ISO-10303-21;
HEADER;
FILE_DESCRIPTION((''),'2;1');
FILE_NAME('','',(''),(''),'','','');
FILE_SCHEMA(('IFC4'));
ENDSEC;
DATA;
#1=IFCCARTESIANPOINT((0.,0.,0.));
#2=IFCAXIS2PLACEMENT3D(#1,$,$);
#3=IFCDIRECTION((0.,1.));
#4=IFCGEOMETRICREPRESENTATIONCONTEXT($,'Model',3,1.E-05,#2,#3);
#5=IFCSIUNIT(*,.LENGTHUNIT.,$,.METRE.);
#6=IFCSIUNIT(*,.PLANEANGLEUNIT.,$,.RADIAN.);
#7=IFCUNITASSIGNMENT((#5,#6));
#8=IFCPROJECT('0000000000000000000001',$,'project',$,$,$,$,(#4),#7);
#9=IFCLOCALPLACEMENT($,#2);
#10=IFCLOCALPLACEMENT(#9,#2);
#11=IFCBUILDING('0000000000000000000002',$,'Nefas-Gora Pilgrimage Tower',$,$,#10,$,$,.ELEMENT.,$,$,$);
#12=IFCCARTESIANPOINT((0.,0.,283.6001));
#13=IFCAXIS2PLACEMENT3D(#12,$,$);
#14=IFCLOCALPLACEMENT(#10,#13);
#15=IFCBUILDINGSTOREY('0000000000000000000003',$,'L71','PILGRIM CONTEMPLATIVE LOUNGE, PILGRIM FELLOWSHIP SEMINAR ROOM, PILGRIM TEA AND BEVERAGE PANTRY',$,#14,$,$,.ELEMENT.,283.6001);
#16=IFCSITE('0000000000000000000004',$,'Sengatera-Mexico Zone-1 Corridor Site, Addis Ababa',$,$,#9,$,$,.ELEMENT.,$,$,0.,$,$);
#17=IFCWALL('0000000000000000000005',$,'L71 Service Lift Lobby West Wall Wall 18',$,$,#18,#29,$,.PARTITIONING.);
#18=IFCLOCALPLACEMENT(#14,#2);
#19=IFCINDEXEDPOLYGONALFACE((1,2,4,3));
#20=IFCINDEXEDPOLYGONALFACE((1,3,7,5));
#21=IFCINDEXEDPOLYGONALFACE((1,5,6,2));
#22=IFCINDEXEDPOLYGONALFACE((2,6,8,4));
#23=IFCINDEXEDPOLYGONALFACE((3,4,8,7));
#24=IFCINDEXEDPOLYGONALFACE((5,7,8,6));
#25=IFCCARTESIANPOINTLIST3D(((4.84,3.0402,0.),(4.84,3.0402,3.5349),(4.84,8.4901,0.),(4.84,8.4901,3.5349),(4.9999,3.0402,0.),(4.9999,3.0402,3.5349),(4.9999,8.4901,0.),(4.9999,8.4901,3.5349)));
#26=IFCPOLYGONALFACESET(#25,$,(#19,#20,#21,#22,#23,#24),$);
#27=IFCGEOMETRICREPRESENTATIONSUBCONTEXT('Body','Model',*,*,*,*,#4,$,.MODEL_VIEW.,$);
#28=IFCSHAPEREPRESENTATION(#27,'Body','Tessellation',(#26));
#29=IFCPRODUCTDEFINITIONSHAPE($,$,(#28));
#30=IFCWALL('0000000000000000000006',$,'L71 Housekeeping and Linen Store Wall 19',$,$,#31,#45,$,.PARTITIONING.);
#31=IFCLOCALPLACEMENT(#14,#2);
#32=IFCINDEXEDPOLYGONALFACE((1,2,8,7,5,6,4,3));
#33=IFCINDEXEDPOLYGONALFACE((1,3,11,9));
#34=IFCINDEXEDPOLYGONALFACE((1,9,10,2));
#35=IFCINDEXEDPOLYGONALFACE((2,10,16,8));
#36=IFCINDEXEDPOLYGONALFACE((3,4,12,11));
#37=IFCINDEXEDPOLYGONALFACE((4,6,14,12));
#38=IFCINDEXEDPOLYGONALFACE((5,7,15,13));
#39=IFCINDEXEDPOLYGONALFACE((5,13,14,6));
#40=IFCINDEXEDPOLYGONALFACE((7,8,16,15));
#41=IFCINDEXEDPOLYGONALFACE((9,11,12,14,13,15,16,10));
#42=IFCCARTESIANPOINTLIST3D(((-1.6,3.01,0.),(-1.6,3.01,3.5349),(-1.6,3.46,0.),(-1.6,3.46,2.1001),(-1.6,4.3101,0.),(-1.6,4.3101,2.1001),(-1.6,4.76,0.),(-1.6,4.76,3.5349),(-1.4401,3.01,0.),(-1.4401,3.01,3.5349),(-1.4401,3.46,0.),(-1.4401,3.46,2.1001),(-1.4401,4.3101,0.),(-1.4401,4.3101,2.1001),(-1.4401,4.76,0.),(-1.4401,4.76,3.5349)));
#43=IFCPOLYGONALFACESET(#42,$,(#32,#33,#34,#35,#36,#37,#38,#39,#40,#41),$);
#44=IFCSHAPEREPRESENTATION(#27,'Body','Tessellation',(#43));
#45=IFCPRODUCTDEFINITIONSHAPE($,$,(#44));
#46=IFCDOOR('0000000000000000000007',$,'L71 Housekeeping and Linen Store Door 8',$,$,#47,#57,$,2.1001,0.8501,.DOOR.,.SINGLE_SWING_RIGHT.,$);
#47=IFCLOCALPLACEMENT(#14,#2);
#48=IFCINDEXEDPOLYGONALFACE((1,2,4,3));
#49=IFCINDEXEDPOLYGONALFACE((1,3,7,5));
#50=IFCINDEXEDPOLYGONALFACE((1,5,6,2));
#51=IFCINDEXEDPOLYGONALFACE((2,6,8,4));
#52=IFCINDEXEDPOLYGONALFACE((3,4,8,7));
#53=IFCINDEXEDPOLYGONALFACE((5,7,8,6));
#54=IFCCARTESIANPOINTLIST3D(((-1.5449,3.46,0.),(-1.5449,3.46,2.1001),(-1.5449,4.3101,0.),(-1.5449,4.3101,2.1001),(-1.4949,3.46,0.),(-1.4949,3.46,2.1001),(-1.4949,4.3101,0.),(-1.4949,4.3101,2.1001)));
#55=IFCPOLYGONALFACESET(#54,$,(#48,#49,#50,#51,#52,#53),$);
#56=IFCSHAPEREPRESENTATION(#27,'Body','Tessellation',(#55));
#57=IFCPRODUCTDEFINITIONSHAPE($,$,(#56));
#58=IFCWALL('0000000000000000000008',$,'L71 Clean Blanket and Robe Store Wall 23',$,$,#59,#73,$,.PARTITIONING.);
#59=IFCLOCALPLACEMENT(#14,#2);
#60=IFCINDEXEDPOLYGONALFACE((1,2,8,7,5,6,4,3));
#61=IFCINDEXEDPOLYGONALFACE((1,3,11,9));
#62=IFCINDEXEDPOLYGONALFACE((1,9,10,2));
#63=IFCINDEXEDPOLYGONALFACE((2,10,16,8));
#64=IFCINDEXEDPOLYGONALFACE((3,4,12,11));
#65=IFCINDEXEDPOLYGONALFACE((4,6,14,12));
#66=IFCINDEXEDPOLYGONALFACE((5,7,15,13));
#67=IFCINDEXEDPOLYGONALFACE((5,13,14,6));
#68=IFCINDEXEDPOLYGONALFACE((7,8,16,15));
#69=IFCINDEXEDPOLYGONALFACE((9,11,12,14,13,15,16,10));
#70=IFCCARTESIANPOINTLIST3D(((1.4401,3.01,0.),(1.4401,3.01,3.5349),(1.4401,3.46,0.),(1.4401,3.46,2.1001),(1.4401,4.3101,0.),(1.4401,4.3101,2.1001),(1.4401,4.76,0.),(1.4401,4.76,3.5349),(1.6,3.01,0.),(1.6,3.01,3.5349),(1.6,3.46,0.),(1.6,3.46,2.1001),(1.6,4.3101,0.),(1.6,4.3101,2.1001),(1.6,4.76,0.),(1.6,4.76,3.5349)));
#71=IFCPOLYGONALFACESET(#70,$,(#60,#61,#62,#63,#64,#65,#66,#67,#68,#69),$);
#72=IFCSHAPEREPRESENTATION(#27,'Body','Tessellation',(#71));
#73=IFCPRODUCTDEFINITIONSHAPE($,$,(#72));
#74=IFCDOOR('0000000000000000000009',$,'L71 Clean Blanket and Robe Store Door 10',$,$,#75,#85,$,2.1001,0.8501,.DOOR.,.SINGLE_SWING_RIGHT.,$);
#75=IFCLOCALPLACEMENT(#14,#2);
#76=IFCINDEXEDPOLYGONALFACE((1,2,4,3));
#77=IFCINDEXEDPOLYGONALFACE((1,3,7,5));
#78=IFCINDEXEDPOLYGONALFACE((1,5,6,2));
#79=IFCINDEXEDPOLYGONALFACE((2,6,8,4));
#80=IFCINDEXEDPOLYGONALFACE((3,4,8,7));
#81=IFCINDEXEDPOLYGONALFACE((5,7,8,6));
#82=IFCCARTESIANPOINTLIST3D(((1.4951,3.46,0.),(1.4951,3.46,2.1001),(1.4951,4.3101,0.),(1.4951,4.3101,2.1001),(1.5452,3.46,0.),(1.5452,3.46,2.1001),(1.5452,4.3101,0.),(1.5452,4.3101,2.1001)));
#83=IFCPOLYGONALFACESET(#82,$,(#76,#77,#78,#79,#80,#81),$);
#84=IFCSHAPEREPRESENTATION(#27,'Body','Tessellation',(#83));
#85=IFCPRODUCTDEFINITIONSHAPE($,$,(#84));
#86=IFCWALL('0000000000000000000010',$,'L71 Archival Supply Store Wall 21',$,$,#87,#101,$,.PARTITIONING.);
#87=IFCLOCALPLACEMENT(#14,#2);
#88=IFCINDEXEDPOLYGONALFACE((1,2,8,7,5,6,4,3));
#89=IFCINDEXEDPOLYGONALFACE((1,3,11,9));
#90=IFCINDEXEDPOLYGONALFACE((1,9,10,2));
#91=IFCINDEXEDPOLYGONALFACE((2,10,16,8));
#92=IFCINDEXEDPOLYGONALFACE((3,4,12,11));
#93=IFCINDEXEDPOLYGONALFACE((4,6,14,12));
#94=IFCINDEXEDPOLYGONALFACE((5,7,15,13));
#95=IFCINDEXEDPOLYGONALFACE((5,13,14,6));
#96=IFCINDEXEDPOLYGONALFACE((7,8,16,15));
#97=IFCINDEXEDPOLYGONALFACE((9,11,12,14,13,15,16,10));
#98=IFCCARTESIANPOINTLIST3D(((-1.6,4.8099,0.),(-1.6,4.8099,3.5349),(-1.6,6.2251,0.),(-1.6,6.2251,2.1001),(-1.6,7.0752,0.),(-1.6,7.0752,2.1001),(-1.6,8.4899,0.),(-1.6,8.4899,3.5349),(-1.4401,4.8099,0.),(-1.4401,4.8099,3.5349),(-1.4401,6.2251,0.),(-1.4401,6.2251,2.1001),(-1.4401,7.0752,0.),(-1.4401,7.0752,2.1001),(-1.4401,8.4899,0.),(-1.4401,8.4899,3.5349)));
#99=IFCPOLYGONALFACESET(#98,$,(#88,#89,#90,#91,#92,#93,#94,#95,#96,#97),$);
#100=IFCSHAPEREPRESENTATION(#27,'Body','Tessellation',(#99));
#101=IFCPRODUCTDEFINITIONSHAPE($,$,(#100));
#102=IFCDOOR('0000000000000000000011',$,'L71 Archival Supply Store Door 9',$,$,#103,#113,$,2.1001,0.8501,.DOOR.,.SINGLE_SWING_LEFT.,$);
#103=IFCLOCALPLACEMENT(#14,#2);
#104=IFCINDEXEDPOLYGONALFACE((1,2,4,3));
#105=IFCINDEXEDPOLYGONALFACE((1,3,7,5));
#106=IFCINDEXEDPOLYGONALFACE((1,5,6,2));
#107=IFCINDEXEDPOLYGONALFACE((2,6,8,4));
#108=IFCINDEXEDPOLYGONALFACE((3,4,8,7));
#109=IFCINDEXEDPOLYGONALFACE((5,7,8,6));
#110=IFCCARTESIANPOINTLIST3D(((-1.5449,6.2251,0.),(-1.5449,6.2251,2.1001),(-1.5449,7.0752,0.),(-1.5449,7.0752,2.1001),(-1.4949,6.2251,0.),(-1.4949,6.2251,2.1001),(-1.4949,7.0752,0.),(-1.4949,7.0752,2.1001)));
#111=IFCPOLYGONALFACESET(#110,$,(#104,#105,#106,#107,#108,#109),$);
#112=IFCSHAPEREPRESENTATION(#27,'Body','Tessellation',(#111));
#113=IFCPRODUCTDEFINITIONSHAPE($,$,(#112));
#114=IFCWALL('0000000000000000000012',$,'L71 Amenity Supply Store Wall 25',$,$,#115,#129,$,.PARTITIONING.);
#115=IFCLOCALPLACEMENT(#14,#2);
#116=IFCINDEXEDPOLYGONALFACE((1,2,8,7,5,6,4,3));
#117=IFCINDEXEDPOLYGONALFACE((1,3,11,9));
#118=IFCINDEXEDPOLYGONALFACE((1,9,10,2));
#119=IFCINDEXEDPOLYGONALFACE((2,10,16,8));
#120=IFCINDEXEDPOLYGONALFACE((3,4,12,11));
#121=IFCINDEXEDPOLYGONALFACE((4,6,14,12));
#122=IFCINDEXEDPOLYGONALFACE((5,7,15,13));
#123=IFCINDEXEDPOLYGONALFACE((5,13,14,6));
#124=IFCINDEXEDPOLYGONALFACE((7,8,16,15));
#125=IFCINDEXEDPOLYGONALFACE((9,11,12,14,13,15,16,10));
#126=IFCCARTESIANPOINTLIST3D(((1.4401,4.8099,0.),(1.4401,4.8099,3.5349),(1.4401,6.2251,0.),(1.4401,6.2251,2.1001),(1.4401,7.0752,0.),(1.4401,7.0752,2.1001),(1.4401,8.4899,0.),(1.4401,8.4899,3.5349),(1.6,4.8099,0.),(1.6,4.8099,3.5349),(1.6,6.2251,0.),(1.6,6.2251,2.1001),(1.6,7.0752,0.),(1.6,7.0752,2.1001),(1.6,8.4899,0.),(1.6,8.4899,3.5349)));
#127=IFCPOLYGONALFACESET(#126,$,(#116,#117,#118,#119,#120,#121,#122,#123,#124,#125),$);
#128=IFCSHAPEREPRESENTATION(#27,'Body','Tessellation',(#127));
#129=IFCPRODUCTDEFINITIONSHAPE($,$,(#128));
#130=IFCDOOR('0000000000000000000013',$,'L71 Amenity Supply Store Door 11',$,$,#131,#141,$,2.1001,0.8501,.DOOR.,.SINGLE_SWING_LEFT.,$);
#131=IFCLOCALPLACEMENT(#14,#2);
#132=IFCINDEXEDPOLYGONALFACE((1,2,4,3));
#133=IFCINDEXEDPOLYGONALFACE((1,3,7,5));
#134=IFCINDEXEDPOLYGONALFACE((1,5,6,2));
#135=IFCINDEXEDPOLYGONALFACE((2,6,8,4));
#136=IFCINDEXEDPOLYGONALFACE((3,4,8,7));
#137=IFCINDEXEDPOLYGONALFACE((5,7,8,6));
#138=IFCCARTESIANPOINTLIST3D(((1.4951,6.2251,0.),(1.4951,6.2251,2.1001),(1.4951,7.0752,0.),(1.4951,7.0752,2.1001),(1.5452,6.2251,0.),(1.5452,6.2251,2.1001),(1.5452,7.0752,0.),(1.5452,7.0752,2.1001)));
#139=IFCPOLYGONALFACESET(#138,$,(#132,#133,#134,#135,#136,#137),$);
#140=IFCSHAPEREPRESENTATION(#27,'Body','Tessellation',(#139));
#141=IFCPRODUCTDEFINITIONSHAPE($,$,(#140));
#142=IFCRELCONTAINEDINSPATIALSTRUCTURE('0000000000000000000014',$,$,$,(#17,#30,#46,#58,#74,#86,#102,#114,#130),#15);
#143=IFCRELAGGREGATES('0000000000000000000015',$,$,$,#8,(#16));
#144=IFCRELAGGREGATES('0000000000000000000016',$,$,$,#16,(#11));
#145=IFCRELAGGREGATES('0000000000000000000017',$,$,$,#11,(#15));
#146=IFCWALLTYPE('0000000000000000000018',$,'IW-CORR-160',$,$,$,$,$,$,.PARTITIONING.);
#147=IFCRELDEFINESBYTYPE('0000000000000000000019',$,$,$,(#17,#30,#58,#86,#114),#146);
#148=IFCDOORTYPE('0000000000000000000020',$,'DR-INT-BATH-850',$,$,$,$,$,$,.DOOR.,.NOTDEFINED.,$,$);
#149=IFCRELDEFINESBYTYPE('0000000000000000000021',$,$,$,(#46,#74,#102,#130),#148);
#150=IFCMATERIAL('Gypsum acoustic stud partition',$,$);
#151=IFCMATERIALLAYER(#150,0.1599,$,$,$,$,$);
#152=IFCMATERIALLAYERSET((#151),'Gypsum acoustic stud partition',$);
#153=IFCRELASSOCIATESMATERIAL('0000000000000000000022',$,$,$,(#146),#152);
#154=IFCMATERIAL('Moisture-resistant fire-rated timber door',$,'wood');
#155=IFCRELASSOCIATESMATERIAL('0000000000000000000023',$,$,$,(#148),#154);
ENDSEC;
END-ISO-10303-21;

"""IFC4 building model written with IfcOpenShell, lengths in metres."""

from ifc_helpers import new_model, si_unit, direction, frame, frame_2d, origin, place, context, subcontext, project, spatial, rectangle, extrude, source, transform, mapped, material, layer, layer_set, type_object, element, fill, save


model = new_model("IFC4")

# Units and contexts
model_context = context("Model", 3, precision=1e-05, world=origin(), true_north=direction((0.0, 1.0)))
body_context = subcontext(model_context, "Body", "Model", "MODEL_VIEW")
ifc_project = project(units=[si_unit("LENGTHUNIT", "METRE"), si_unit("PLANEANGLEUNIT", "RADIAN")], contexts=[model_context])

# Site, building, storey
site_placement = place(None, origin())
site = spatial("IfcSite", under=ifc_project, at=site_placement, Name="Sengatera-Mexico Zone-1 Corridor Site, Addis Ababa", CompositionType="ELEMENT", RefElevation=0.0)
building_placement = place(site_placement, origin())
building = spatial("IfcBuilding", under=site, at=building_placement, Name="Nefas-Gora Pilgrimage Tower", CompositionType="ELEMENT")
storey_placement = place(building_placement, frame((0.0, 0.0, 283.6001)))
storey = spatial("IfcBuildingStorey", under=building, at=storey_placement, Name="L71", Description="PILGRIM CONTEMPLATIVE LOUNGE, PILGRIM FELLOWSHIP SEMINAR ROOM, PILGRIM TEA AND BEVERAGE PANTRY", CompositionType="ELEMENT", Elevation=283.6001)

# Wall
ifc_material_1 = material(Name="Gypsum acoustic stud partition")
ifc_layer_1 = layer(ifc_material_1, 0.1599)
ifc_layer_set_1 = layer_set([ifc_layer_1], Name="Gypsum acoustic stud partition")
wall_type_1 = type_object("IfcWallType", Name="IW-CORR-160", PredefinedType="PARTITIONING", material=ifc_layer_set_1)
shared_shape_1 = source(origin(), body_context, "Body", "SweptSolid", [
    extrude(rectangle(XDim=5.45, YDim=0.1599, at=frame_2d((2.7251, 0.0))), origin(), (0.0, 0.0, 1.0), 3.5349),
])
wall_1_placement = place(storey_placement, frame((4.9199, 3.04, 0.0), z_axis=(0.0, 0.0, 1.0), x_axis=(0.0, 1.0, 0.0)))
element("IfcWall", 1, at=wall_1_placement, inside=storey, type_object=wall_type_1, Name="L71 Service Lift Lobby West Wall Wall 18", PredefinedType="PARTITIONING", context=body_context, shape_type="MappedRepresentation", body=[
    mapped(shared_shape_1, transform((0.0, 0.0, 0.0), x_axis=(1.0, 0.0, 0.0), y_axis=(0.0, 1.0, 0.0), z_axis=(0.0, 0.0, 1.0), scale=1.0)),
])

# Walls, openings, doors
shared_shape_2 = source(origin(), body_context, "Body", "SweptSolid", [
    extrude(rectangle(XDim=1.75, YDim=0.1599, at=frame_2d((0.875, 0.0))), origin(), (0.0, 0.0, 1.0), 3.5349),
])
wall_2_placement = place(storey_placement, frame((-1.52, 3.01, 0.0), z_axis=(0.0, 0.0, 1.0), x_axis=(0.0, 1.0, 0.0)))
wall_2 = element("IfcWall", 2, at=wall_2_placement, inside=storey, type_object=wall_type_1, Name="L71 Housekeeping and Linen Store Wall 19", PredefinedType="PARTITIONING", context=body_context, shape_type="MappedRepresentation", body=[
    mapped(shared_shape_2, transform((0.0, 0.0, 0.0), x_axis=(1.0, 0.0, 0.0), y_axis=(0.0, 1.0, 0.0), z_axis=(0.0, 0.0, 1.0), scale=1.0)),
])
opening_1_placement = place(wall_2_placement, frame((0.45, 0.0, 0.0)))
opening_1 = element("IfcOpeningElement", 3, at=opening_1_placement, cuts=wall_2, PredefinedType="OPENING", context=body_context, shape_type="SweptSolid", body=[
    extrude(rectangle(XDim=0.8501, YDim=2.1001, at=frame_2d((0.425, 1.05))), frame((0.0, 0.0898, 0.0), z_axis=(0.0, -1.0, 0.0), x_axis=(1.0, 0.0, 0.0)), (0.0, 0.0, 1.0), 0.1799),
])
ifc_material_2 = material(Name="Moisture-resistant fire-rated timber door", Category="wood")
door_type_1 = type_object("IfcDoorType", Name="DR-INT-BATH-850", OperationType="NOTDEFINED", PredefinedType="DOOR", material=ifc_material_2)
shared_shape_3 = source(origin(), body_context, "Body", "SweptSolid", [
    extrude(rectangle(XDim=0.8501, YDim=2.1001, at=frame_2d((0.425, 1.05))), frame((0.0, 0.0249, 0.0), z_axis=(0.0, -1.0, 0.0), x_axis=(1.0, 0.0, 0.0)), (0.0, 0.0, 1.0), 0.05),
])
door_1_placement = place(opening_1_placement, origin())
door_1 = element("IfcDoor", 4, at=door_1_placement, inside=storey, type_object=door_type_1, Name="L71 Housekeeping and Linen Store Door 8", OperationType="SINGLE_SWING_RIGHT", OverallHeight=2.1001, OverallWidth=0.8501, PredefinedType="DOOR", context=body_context, shape_type="MappedRepresentation", body=[
    mapped(shared_shape_3, transform((0.0, 0.0, 0.0), x_axis=(1.0, 0.0, 0.0), y_axis=(0.0, 1.0, 0.0), z_axis=(0.0, 0.0, 1.0), scale=1.0)),
])
fill(opening_1, door_1)
wall_3_placement = place(storey_placement, frame((1.52, 3.01, 0.0), z_axis=(0.0, 0.0, 1.0), x_axis=(0.0, 1.0, 0.0)))
wall_3 = element("IfcWall", 5, at=wall_3_placement, inside=storey, type_object=wall_type_1, Name="L71 Clean Blanket and Robe Store Wall 23", PredefinedType="PARTITIONING", context=body_context, shape_type="MappedRepresentation", body=[
    mapped(shared_shape_2, transform((0.0, 0.0, 0.0), x_axis=(1.0, 0.0, 0.0), y_axis=(0.0, 1.0, 0.0), z_axis=(0.0, 0.0, 1.0), scale=1.0)),
])
opening_2_placement = place(wall_3_placement, frame((0.45, 0.0, 0.0)))
opening_2 = element("IfcOpeningElement", 6, at=opening_2_placement, cuts=wall_3, PredefinedType="OPENING", context=body_context, shape_type="SweptSolid", body=[
    extrude(rectangle(XDim=0.8501, YDim=2.1001, at=frame_2d((0.425, 1.05))), frame((0.0, 0.0898, 0.0), z_axis=(0.0, -1.0, 0.0), x_axis=(1.0, 0.0, 0.0)), (0.0, 0.0, 1.0), 0.1799),
])
door_2_placement = place(opening_2_placement, origin())
door_2 = element("IfcDoor", 7, at=door_2_placement, inside=storey, type_object=door_type_1, Name="L71 Clean Blanket and Robe Store Door 10", OperationType="SINGLE_SWING_RIGHT", OverallHeight=2.1001, OverallWidth=0.8501, PredefinedType="DOOR", context=body_context, shape_type="MappedRepresentation", body=[
    mapped(shared_shape_3, transform((0.0, 0.0, 0.0), x_axis=(1.0, 0.0, 0.0), y_axis=(0.0, 1.0, 0.0), z_axis=(0.0, 0.0, 1.0), scale=1.0)),
])
fill(opening_2, door_2)
shared_shape_4 = source(origin(), body_context, "Body", "SweptSolid", [
    extrude(rectangle(XDim=3.6799, YDim=0.1599, at=frame_2d((1.8398, 0.0))), origin(), (0.0, 0.0, 1.0), 3.5349),
])
wall_4_placement = place(storey_placement, frame((-1.52, 4.8101, 0.0), z_axis=(0.0, 0.0, 1.0), x_axis=(0.0, 1.0, 0.0)))
wall_4 = element("IfcWall", 8, at=wall_4_placement, inside=storey, type_object=wall_type_1, Name="L71 Archival Supply Store Wall 21", PredefinedType="PARTITIONING", context=body_context, shape_type="MappedRepresentation", body=[
    mapped(shared_shape_4, transform((0.0, 0.0, 0.0), x_axis=(1.0, 0.0, 0.0), y_axis=(0.0, 1.0, 0.0), z_axis=(0.0, 0.0, 1.0), scale=1.0)),
])
opening_3_placement = place(wall_4_placement, frame((1.415, 0.0, 0.0)))
opening_3 = element("IfcOpeningElement", 9, at=opening_3_placement, cuts=wall_4, PredefinedType="OPENING", context=body_context, shape_type="SweptSolid", body=[
    extrude(rectangle(XDim=0.8501, YDim=2.1001, at=frame_2d((0.425, 1.05))), frame((0.0, 0.0898, 0.0), z_axis=(0.0, -1.0, 0.0), x_axis=(1.0, 0.0, 0.0)), (0.0, 0.0, 1.0), 0.1799),
])
door_3_placement = place(opening_3_placement, origin())
door_3 = element("IfcDoor", 10, at=door_3_placement, inside=storey, type_object=door_type_1, Name="L71 Archival Supply Store Door 9", OperationType="SINGLE_SWING_LEFT", OverallHeight=2.1001, OverallWidth=0.8501, PredefinedType="DOOR", context=body_context, shape_type="MappedRepresentation", body=[
    mapped(shared_shape_3, transform((0.0, 0.0, 0.0), x_axis=(1.0, 0.0, 0.0), y_axis=(0.0, 1.0, 0.0), z_axis=(0.0, 0.0, 1.0), scale=1.0)),
])
fill(opening_3, door_3)
wall_5_placement = place(storey_placement, frame((1.52, 4.8101, 0.0), z_axis=(0.0, 0.0, 1.0), x_axis=(0.0, 1.0, 0.0)))
wall_5 = element("IfcWall", 11, at=wall_5_placement, inside=storey, type_object=wall_type_1, Name="L71 Amenity Supply Store Wall 25", PredefinedType="PARTITIONING", context=body_context, shape_type="MappedRepresentation", body=[
    mapped(shared_shape_4, transform((0.0, 0.0, 0.0), x_axis=(1.0, 0.0, 0.0), y_axis=(0.0, 1.0, 0.0), z_axis=(0.0, 0.0, 1.0), scale=1.0)),
])
opening_4_placement = place(wall_5_placement, frame((1.415, 0.0, 0.0)))
opening_4 = element("IfcOpeningElement", 12, at=opening_4_placement, cuts=wall_5, PredefinedType="OPENING", context=body_context, shape_type="SweptSolid", body=[
    extrude(rectangle(XDim=0.8501, YDim=2.1001, at=frame_2d((0.425, 1.05))), frame((0.0, 0.0898, 0.0), z_axis=(0.0, -1.0, 0.0), x_axis=(1.0, 0.0, 0.0)), (0.0, 0.0, 1.0), 0.1799),
])
door_4_placement = place(opening_4_placement, origin())
door_4 = element("IfcDoor", 13, at=door_4_placement, inside=storey, type_object=door_type_1, Name="L71 Amenity Supply Store Door 11", OperationType="SINGLE_SWING_LEFT", OverallHeight=2.1001, OverallWidth=0.8501, PredefinedType="DOOR", context=body_context, shape_type="MappedRepresentation", body=[
    mapped(shared_shape_3, transform((0.0, 0.0, 0.0), x_axis=(1.0, 0.0, 0.0), y_axis=(0.0, 1.0, 0.0), z_axis=(0.0, 0.0, 1.0), scale=1.0)),
])
fill(opening_4, door_4)

save(model, "model.ifc")
